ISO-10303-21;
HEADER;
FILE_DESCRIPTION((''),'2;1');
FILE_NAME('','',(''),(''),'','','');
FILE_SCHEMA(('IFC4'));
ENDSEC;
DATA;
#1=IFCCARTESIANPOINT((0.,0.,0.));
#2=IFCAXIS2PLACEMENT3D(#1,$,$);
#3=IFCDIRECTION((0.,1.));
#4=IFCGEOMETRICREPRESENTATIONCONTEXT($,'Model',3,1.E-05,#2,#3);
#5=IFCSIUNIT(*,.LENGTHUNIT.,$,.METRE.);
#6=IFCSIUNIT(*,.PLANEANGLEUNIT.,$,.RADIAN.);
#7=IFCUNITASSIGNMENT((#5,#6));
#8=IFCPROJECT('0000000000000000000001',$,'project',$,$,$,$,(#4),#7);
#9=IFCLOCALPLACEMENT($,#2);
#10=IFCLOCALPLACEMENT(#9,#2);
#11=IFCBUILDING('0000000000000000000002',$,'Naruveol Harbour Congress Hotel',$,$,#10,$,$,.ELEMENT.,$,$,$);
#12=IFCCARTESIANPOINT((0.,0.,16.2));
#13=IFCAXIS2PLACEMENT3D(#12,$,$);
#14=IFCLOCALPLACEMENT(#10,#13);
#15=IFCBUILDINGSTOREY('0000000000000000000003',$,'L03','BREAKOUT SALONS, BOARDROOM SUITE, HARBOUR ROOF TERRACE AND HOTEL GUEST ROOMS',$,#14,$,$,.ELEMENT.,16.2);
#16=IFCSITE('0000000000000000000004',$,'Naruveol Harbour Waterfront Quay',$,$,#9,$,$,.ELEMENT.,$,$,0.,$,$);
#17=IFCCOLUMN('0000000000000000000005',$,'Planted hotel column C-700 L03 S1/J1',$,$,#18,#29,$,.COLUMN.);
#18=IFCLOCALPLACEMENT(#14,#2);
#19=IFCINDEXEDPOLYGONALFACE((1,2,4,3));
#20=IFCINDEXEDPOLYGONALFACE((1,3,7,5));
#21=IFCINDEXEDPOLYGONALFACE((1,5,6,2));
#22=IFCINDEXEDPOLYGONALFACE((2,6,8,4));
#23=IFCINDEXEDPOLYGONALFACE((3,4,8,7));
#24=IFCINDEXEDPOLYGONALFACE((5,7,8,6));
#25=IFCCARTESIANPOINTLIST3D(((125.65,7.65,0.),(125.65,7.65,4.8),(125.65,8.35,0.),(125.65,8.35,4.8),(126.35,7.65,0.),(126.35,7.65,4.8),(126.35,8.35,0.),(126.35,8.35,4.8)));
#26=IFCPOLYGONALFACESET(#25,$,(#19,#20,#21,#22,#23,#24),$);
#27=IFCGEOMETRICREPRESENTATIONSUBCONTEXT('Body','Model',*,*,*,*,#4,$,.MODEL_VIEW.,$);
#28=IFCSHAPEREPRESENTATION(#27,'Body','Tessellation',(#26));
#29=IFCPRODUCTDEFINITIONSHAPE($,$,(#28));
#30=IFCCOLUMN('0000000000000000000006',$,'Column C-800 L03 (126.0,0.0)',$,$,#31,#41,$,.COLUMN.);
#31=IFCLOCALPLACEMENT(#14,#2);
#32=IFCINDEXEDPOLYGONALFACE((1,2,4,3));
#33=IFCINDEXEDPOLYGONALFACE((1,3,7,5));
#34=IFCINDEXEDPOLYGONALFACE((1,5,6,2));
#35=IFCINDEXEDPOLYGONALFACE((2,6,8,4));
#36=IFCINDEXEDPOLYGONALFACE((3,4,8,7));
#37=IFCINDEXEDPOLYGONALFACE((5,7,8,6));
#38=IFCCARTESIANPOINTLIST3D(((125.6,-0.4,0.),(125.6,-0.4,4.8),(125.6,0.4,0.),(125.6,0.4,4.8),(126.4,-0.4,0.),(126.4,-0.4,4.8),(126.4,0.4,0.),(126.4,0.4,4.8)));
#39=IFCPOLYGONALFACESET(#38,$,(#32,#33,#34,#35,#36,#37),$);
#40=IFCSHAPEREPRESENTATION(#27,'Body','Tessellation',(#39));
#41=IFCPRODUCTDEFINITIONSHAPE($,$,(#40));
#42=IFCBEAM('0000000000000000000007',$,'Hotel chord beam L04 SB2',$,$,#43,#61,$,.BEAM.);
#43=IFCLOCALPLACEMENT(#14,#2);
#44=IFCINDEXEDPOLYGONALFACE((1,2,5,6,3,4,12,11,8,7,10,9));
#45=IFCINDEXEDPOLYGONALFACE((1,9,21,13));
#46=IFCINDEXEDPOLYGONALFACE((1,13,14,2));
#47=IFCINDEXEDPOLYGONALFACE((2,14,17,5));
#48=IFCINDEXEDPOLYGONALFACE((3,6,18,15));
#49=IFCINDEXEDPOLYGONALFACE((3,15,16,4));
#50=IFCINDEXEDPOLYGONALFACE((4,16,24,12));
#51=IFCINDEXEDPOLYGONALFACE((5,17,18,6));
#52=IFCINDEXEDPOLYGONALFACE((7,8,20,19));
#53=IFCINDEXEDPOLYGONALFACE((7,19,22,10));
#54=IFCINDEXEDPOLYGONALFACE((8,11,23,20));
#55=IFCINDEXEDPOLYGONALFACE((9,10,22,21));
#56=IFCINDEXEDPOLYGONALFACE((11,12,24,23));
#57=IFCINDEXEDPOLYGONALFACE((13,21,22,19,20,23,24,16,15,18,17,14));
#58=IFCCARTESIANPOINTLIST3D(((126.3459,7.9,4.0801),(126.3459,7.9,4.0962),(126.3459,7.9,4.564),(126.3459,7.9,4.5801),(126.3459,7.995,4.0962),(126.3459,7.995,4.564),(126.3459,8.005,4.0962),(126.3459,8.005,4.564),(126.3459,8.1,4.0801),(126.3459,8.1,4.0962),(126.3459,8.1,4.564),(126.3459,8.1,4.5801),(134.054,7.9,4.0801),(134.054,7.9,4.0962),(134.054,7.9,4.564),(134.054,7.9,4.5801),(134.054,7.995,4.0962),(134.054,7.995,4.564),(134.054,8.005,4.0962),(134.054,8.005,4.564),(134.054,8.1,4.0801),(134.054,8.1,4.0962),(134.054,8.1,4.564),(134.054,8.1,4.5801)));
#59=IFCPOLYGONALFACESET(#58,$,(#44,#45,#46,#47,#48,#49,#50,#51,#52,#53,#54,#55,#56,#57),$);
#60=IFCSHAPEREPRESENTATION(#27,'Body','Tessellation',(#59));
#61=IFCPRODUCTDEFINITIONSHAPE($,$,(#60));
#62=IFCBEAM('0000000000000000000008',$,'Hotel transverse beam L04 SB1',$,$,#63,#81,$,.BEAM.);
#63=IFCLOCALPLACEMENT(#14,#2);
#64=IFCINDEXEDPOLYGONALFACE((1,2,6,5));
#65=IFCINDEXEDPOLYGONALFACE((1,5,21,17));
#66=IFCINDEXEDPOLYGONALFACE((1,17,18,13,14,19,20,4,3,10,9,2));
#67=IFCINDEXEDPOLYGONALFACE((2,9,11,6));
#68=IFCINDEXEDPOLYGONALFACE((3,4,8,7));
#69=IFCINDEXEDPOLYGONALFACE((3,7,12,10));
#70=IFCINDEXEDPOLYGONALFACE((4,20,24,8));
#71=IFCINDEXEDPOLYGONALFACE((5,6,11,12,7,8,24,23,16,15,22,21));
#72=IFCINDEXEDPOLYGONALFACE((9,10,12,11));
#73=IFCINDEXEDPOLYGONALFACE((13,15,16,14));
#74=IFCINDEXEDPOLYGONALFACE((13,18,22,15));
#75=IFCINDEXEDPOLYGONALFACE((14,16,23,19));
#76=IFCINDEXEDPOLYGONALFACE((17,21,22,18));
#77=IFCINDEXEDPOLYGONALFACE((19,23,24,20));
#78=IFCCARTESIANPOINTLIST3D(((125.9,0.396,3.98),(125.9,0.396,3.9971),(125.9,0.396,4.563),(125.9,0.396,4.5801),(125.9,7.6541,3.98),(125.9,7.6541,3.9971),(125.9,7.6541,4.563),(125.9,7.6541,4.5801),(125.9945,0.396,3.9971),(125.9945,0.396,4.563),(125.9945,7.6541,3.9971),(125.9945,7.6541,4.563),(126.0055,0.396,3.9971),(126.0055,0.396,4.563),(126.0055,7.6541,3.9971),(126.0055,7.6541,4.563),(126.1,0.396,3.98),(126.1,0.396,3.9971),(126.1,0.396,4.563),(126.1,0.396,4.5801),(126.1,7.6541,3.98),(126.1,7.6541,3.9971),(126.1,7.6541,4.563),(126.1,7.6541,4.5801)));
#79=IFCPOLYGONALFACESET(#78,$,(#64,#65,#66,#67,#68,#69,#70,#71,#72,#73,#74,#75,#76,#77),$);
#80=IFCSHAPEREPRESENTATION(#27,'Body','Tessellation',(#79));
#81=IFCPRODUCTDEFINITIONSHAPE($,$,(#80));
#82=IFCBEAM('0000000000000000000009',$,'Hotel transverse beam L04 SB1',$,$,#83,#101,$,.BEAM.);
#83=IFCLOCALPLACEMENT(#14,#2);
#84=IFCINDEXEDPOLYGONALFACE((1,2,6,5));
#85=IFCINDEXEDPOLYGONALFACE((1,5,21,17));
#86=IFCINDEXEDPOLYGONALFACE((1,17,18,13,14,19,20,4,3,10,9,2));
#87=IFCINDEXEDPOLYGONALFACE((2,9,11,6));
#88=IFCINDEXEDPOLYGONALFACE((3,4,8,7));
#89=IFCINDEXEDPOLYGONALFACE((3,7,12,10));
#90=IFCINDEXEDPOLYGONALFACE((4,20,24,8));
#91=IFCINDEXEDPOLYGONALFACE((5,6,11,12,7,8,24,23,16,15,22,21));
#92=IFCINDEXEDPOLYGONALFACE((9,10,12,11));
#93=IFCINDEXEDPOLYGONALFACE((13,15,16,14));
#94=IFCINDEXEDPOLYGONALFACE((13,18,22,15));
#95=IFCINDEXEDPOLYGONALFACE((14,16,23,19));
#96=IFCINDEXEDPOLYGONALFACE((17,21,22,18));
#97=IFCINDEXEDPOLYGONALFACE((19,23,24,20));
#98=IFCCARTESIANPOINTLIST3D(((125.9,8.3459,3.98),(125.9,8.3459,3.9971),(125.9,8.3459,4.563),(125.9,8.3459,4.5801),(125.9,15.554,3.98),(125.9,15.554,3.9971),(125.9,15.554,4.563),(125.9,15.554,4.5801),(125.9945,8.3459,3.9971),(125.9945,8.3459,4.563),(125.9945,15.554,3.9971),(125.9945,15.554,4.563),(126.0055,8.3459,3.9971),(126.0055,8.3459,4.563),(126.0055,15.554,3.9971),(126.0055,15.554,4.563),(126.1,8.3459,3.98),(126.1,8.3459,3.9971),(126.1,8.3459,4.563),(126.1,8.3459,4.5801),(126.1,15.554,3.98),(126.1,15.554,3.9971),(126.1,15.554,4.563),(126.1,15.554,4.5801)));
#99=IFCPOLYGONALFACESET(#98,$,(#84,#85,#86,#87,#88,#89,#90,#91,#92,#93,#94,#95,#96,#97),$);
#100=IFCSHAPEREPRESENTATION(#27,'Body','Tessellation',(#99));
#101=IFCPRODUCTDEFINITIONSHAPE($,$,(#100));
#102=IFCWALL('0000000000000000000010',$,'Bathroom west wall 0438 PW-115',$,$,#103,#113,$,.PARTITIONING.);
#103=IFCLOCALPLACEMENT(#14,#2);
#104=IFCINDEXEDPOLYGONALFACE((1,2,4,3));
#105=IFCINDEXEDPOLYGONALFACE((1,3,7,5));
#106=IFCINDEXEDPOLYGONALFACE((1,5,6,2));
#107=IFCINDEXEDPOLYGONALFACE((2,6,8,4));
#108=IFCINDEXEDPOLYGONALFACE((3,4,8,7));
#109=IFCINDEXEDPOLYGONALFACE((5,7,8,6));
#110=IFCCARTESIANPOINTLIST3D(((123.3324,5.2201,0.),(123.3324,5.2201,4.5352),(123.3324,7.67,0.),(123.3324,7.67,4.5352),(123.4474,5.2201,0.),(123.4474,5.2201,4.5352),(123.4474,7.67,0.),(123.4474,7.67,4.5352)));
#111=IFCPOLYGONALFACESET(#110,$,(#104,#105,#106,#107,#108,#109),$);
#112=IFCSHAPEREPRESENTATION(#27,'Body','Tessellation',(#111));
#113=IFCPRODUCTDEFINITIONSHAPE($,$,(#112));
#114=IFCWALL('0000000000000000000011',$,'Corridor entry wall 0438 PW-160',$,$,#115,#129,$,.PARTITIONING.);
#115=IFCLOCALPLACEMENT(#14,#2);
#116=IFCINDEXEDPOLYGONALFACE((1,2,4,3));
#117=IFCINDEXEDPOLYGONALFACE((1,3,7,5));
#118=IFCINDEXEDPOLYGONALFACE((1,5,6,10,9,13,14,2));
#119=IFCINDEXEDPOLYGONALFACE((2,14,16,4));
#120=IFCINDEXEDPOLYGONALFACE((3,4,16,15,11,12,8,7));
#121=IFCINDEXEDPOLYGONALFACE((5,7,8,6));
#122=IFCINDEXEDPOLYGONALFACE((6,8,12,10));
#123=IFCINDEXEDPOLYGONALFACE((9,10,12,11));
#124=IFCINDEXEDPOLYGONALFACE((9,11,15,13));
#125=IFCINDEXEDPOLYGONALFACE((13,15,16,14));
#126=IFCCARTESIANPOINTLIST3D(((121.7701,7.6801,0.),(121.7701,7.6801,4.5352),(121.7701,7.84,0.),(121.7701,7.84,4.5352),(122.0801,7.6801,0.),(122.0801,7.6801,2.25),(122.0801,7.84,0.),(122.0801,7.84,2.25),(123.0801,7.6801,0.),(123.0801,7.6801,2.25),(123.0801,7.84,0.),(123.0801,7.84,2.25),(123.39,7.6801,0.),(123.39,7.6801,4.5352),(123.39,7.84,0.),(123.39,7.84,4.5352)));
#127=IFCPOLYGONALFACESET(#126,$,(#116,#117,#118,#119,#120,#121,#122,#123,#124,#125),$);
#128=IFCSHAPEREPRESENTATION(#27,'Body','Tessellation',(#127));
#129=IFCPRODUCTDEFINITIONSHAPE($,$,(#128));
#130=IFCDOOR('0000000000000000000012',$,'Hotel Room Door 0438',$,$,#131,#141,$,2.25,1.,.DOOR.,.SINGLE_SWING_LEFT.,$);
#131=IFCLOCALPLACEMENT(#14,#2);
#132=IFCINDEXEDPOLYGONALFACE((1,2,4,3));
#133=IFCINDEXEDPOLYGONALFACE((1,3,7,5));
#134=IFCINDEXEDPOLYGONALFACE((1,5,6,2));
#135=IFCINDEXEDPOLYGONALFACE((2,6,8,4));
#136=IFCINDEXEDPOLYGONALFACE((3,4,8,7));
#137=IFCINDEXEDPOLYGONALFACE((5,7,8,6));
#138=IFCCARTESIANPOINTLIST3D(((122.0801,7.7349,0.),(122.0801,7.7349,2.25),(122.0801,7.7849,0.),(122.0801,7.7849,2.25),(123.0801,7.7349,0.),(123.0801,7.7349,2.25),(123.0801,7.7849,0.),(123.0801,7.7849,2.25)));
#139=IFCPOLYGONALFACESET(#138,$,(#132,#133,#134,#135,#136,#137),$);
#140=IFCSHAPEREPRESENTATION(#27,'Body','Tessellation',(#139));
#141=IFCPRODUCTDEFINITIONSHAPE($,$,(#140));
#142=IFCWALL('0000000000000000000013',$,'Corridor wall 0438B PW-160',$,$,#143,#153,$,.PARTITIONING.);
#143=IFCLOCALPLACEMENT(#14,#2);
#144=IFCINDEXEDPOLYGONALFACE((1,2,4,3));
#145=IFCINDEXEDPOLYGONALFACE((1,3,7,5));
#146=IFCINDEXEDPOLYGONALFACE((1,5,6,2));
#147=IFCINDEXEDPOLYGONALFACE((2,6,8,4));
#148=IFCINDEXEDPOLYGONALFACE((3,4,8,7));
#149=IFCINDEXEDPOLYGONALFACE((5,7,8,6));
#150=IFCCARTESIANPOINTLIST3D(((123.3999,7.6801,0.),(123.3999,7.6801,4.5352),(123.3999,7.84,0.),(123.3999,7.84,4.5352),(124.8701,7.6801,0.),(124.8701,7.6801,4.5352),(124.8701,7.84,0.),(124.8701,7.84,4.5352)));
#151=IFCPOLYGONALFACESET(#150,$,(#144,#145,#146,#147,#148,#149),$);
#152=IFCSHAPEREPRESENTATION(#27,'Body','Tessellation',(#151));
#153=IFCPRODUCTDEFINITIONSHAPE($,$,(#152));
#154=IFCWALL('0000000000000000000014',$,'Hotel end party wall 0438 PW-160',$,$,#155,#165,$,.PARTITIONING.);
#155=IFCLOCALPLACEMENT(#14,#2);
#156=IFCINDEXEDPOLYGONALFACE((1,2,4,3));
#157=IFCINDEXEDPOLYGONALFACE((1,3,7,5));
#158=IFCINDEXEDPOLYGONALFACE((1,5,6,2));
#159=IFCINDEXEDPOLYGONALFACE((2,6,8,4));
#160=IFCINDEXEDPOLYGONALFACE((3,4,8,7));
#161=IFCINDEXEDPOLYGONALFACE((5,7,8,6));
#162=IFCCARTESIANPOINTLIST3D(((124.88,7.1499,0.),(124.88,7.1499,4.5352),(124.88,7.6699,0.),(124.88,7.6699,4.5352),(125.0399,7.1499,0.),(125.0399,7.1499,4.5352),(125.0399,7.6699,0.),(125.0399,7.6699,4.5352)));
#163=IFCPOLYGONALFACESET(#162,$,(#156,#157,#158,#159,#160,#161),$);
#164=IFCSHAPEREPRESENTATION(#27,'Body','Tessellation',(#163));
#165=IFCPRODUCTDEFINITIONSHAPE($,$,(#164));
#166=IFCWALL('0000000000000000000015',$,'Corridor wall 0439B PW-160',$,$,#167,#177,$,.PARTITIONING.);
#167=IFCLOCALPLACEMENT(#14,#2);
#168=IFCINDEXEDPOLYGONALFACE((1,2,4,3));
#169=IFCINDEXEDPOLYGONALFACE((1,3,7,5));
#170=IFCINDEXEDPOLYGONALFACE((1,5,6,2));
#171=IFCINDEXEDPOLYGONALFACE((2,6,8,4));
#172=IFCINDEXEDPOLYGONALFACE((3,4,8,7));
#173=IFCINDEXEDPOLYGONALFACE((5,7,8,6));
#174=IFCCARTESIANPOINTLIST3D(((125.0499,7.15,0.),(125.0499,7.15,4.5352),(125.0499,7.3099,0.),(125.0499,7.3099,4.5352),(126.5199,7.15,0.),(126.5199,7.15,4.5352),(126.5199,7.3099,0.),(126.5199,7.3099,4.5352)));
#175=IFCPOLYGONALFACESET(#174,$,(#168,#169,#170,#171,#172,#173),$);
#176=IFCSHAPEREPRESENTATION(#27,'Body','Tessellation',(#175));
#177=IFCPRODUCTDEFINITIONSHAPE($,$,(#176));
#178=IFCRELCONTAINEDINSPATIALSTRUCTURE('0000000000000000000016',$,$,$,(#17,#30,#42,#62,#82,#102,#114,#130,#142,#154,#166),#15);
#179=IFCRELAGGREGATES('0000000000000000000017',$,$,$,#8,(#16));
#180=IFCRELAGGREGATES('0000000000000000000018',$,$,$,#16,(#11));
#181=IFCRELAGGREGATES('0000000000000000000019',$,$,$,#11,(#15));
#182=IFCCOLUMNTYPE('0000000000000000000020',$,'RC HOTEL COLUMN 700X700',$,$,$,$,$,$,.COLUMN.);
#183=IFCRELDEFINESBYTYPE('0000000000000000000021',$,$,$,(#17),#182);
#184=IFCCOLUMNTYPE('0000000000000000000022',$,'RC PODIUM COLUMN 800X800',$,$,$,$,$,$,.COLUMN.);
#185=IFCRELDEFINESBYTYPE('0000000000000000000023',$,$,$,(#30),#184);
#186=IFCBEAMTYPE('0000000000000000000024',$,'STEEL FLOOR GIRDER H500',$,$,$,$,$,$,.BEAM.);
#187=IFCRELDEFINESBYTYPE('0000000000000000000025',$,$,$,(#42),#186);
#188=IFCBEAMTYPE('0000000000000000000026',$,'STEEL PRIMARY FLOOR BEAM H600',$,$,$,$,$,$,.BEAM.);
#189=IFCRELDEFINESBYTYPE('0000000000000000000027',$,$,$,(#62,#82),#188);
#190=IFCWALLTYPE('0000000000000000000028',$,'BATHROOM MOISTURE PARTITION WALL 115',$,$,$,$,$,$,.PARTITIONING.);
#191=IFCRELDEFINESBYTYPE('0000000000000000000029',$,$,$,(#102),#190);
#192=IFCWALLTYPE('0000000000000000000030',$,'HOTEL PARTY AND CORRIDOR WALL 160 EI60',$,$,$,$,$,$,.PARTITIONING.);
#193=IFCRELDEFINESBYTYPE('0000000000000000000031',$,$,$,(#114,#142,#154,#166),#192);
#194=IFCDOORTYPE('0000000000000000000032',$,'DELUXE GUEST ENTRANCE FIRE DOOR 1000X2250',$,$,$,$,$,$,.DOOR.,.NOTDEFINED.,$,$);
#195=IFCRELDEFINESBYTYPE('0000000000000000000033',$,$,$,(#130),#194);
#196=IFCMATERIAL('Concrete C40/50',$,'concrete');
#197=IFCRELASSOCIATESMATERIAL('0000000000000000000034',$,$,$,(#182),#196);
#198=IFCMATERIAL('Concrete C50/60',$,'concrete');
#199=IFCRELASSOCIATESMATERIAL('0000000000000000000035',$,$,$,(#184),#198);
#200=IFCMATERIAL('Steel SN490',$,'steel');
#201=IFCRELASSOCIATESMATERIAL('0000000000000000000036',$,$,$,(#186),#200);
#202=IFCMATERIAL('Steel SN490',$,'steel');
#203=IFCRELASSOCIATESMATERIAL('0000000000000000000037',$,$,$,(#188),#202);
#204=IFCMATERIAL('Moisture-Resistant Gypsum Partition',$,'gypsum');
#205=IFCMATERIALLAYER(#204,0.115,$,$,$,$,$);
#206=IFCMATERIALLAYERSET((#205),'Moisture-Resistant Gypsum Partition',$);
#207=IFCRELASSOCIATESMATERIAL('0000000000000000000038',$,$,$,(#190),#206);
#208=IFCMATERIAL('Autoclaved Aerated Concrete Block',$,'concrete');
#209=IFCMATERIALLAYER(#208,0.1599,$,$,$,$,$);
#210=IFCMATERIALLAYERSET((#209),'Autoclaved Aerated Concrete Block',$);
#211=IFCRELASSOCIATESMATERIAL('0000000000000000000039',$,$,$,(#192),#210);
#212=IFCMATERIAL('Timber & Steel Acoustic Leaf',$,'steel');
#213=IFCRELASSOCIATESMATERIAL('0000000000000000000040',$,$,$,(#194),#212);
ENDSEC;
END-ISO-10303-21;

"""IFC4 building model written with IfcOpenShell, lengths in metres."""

from ifc_helpers import new_model, si_unit, direction, frame, frame_2d, origin, origin_2d, place, context, subcontext, project, spatial, rectangle, i_section, extrude, material, layer, layer_set, material_profile, profile_set, type_object, element, fill, save


model = new_model("IFC4")

# Units and contexts
model_context = context("Model", 3, precision=1e-05, world=origin(), true_north=direction((0.0, 1.0)))
body_context = subcontext(model_context, "Body", "Model", "MODEL_VIEW")
ifc_project = project(units=[si_unit("LENGTHUNIT", "METRE"), si_unit("PLANEANGLEUNIT", "RADIAN")], contexts=[model_context])

# Site, building, storey
site_placement = place(None, origin())
site = spatial("IfcSite", under=ifc_project, at=site_placement, Name="Naruveol Harbour Waterfront Quay", CompositionType="ELEMENT", RefElevation=0.0)
building_placement = place(site_placement, origin())
building = spatial("IfcBuilding", under=site, at=building_placement, Name="Naruveol Harbour Congress Hotel", CompositionType="ELEMENT")
storey_placement = place(building_placement, frame((0.0, 0.0, 16.2)))
storey = spatial("IfcBuildingStorey", under=building, at=storey_placement, Name="L03", Description="BREAKOUT SALONS, BOARDROOM SUITE, HARBOUR ROOF TERRACE AND HOTEL GUEST ROOMS", CompositionType="ELEMENT", Elevation=16.2)

# Columns
ifc_material_1 = material(Name="Concrete C40/50", Category="concrete")
ifc_material_profile_1 = material_profile(ifc_material_1, rectangle(XDim=0.7, YDim=0.7, at=origin_2d()), Name="RC-700x700")
ifc_profile_set_1 = profile_set([ifc_material_profile_1], Name="Concrete C40/50")
column_type_1 = type_object("IfcColumnType", Name="RC HOTEL COLUMN 700X700", PredefinedType="COLUMN", material=ifc_profile_set_1)
column_1_placement = place(storey_placement, frame((126.0, 8.0, 0.0), z_axis=(0.0, 0.0, 1.0), x_axis=(1.0, 0.0, 0.0)))
element("IfcColumn", 1, at=column_1_placement, inside=storey, type_object=column_type_1, Name="Planted hotel column C-700 L03 S1/J1", PredefinedType="COLUMN", context=body_context, shape_type="SweptSolid", body=[
    extrude(rectangle(XDim=0.7, YDim=0.7, at=origin_2d()), origin(), (0.0, 0.0, 1.0), 4.8),
])
ifc_material_2 = material(Name="Concrete C50/60", Category="concrete")
ifc_material_profile_2 = material_profile(ifc_material_2, rectangle(XDim=0.8, YDim=0.8, at=origin_2d()), Name="RC-800x800")
ifc_profile_set_2 = profile_set([ifc_material_profile_2], Name="Concrete C50/60")
column_type_2 = type_object("IfcColumnType", Name="RC PODIUM COLUMN 800X800", PredefinedType="COLUMN", material=ifc_profile_set_2)
column_2_placement = place(storey_placement, frame((126.0, 0.0, 0.0), z_axis=(0.0, 0.0, 1.0), x_axis=(1.0, 0.0, 0.0)))
element("IfcColumn", 2, at=column_2_placement, inside=storey, type_object=column_type_2, Name="Column C-800 L03 (126.0,0.0)", PredefinedType="COLUMN", context=body_context, shape_type="SweptSolid", body=[
    extrude(rectangle(XDim=0.8, YDim=0.8, at=origin_2d()), origin(), (0.0, 0.0, 1.0), 4.8),
])

# Beams
ifc_material_3 = material(Name="Steel SN490", Category="steel")
ifc_material_profile_3 = material_profile(ifc_material_3, i_section(OverallWidth=0.2, OverallDepth=0.5, WebThickness=0.01, FlangeThickness=0.0161, at=origin_2d()), Name="H-500x200x10x16")
ifc_profile_set_3 = profile_set([ifc_material_profile_3], Name="Steel SN490")
beam_type_1 = type_object("IfcBeamType", Name="STEEL FLOOR GIRDER H500", PredefinedType="BEAM", material=ifc_profile_set_3)
beam_1_placement = place(storey_placement, frame((126.3459, 8.0, 4.3301), z_axis=(1.0, 0.0, 0.0), x_axis=(0.0, 1.0, 0.0)))
element("IfcBeam", 3, at=beam_1_placement, inside=storey, type_object=beam_type_1, Name="Hotel chord beam L04 SB2", PredefinedType="BEAM", context=body_context, shape_type="SweptSolid", body=[
    extrude(i_section(OverallWidth=0.2, OverallDepth=0.5, WebThickness=0.01, FlangeThickness=0.0161, at=origin_2d()), origin(), (0.0, 0.0, 1.0), 7.708),
])
ifc_material_4 = material(Name="Steel SN490", Category="steel")
ifc_material_profile_4 = material_profile(ifc_material_4, i_section(OverallWidth=0.2, OverallDepth=0.6001, WebThickness=0.011, FlangeThickness=0.0171, at=origin_2d()), Name="H-600x200x11x17")
ifc_profile_set_4 = profile_set([ifc_material_profile_4], Name="Steel SN490")
beam_type_2 = type_object("IfcBeamType", Name="STEEL PRIMARY FLOOR BEAM H600", PredefinedType="BEAM", material=ifc_profile_set_4)
beam_2_placement = place(storey_placement, frame((126.0, 0.396, 4.28), z_axis=(0.0, 1.0, 0.0), x_axis=(-1.0, 0.0, 0.0)))
element("IfcBeam", 4, at=beam_2_placement, inside=storey, type_object=beam_type_2, Name="Hotel transverse beam L04 SB1", PredefinedType="BEAM", context=body_context, shape_type="SweptSolid", body=[
    extrude(i_section(OverallWidth=0.2, OverallDepth=0.6001, WebThickness=0.011, FlangeThickness=0.0171, at=origin_2d()), origin(), (0.0, 0.0, 1.0), 7.2581),
])
beam_3_placement = place(storey_placement, frame((126.0, 8.3459, 4.28), z_axis=(0.0, 1.0, 0.0), x_axis=(-1.0, 0.0, 0.0)))
element("IfcBeam", 5, at=beam_3_placement, inside=storey, type_object=beam_type_2, Name="Hotel transverse beam L04 SB1", PredefinedType="BEAM", context=body_context, shape_type="SweptSolid", body=[
    extrude(i_section(OverallWidth=0.2, OverallDepth=0.6001, WebThickness=0.011, FlangeThickness=0.0171, at=origin_2d()), origin(), (0.0, 0.0, 1.0), 7.208),
])

# Wall
ifc_material_5 = material(Name="Moisture-Resistant Gypsum Partition", Category="gypsum")
ifc_layer_1 = layer(ifc_material_5, 0.115)
ifc_layer_set_1 = layer_set([ifc_layer_1], Name="Moisture-Resistant Gypsum Partition")
wall_type_1 = type_object("IfcWallType", Name="BATHROOM MOISTURE PARTITION WALL 115", PredefinedType="PARTITIONING", material=ifc_layer_set_1)
wall_1_placement = place(storey_placement, frame((123.3899, 5.22, 0.0), z_axis=(0.0, 0.0, 1.0), x_axis=(0.0, 1.0, 0.0)))
element("IfcWall", 6, at=wall_1_placement, inside=storey, type_object=wall_type_1, Name="Bathroom west wall 0438 PW-115", PredefinedType="PARTITIONING", context=body_context, shape_type="SweptSolid", body=[
    extrude(rectangle(XDim=2.45, YDim=0.115, at=frame_2d((1.2251, 0.0))), origin(), (0.0, 0.0, 1.0), 4.5352),
])

# Wall, opening, door
ifc_material_6 = material(Name="Autoclaved Aerated Concrete Block", Category="concrete")
ifc_layer_2 = layer(ifc_material_6, 0.1599)
ifc_layer_set_2 = layer_set([ifc_layer_2], Name="Autoclaved Aerated Concrete Block")
wall_type_2 = type_object("IfcWallType", Name="HOTEL PARTY AND CORRIDOR WALL 160 EI60", PredefinedType="PARTITIONING", material=ifc_layer_set_2)
wall_2_placement = place(storey_placement, frame((121.77, 7.76, 0.0), z_axis=(0.0, 0.0, 1.0), x_axis=(1.0, 0.0, 0.0)))
wall_2 = element("IfcWall", 7, at=wall_2_placement, inside=storey, type_object=wall_type_2, Name="Corridor entry wall 0438 PW-160", PredefinedType="PARTITIONING", context=body_context, shape_type="SweptSolid", body=[
    extrude(rectangle(XDim=1.6199, YDim=0.1599, at=frame_2d((0.8101, 0.0))), origin(), (0.0, 0.0, 1.0), 4.5352),
])
opening_1_placement = place(wall_2_placement, frame((0.3101, 0.0, 0.0)))
opening_1 = element("IfcOpeningElement", 8, at=opening_1_placement, cuts=wall_2, PredefinedType="OPENING", context=body_context, shape_type="SweptSolid", body=[
    extrude(rectangle(XDim=1.0, YDim=2.25, at=frame_2d((0.5, 1.125))), frame((0.0, 0.0898, 0.0), z_axis=(0.0, -1.0, 0.0), x_axis=(1.0, 0.0, 0.0)), (0.0, 0.0, 1.0), 0.1799),
])
ifc_material_7 = material(Name="Timber & Steel Acoustic Leaf", Category="steel")
door_type_1 = type_object("IfcDoorType", Name="DELUXE GUEST ENTRANCE FIRE DOOR 1000X2250", OperationType="NOTDEFINED", PredefinedType="DOOR", material=ifc_material_7)
door_1_placement = place(opening_1_placement, origin())
door_1 = element("IfcDoor", 9, at=door_1_placement, inside=storey, type_object=door_type_1, Name="Hotel Room Door 0438", OperationType="SINGLE_SWING_LEFT", OverallHeight=2.25, OverallWidth=1.0, PredefinedType="DOOR", context=body_context, shape_type="SweptSolid", body=[
    extrude(rectangle(XDim=1.0, YDim=2.25, at=frame_2d((0.5, 1.125))), frame((0.0, 0.0249, 0.0), z_axis=(0.0, -1.0, 0.0), x_axis=(1.0, 0.0, 0.0)), (0.0, 0.0, 1.0), 0.05),
])
fill(opening_1, door_1)

# Walls
wall_3_placement = place(storey_placement, frame((123.3999, 7.76, 0.0), z_axis=(0.0, 0.0, 1.0), x_axis=(1.0, 0.0, 0.0)))
element("IfcWall", 10, at=wall_3_placement, inside=storey, type_object=wall_type_2, Name="Corridor wall 0438B PW-160", PredefinedType="PARTITIONING", context=body_context, shape_type="SweptSolid", body=[
    extrude(rectangle(XDim=1.4702, YDim=0.1599, at=frame_2d((0.7351, 0.0))), origin(), (0.0, 0.0, 1.0), 4.5352),
])
wall_4_placement = place(storey_placement, frame((124.96, 7.1499, 0.0), z_axis=(0.0, 0.0, 1.0), x_axis=(0.0, 1.0, 0.0)))
element("IfcWall", 11, at=wall_4_placement, inside=storey, type_object=wall_type_2, Name="Hotel end party wall 0438 PW-160", PredefinedType="PARTITIONING", context=body_context, shape_type="SweptSolid", body=[
    extrude(rectangle(XDim=0.52, YDim=0.1599, at=frame_2d((0.26, 0.0))), origin(), (0.0, 0.0, 1.0), 4.5352),
])
wall_5_placement = place(storey_placement, frame((125.05, 7.23, 0.0), z_axis=(0.0, 0.0, 1.0), x_axis=(1.0, 0.0, 0.0)))
element("IfcWall", 12, at=wall_5_placement, inside=storey, type_object=wall_type_2, Name="Corridor wall 0439B PW-160", PredefinedType="PARTITIONING", context=body_context, shape_type="SweptSolid", body=[
    extrude(rectangle(XDim=1.47, YDim=0.1599, at=frame_2d((0.7349, 0.0))), origin(), (0.0, 0.0, 1.0), 4.5352),
])

save(model, "model.ifc")
